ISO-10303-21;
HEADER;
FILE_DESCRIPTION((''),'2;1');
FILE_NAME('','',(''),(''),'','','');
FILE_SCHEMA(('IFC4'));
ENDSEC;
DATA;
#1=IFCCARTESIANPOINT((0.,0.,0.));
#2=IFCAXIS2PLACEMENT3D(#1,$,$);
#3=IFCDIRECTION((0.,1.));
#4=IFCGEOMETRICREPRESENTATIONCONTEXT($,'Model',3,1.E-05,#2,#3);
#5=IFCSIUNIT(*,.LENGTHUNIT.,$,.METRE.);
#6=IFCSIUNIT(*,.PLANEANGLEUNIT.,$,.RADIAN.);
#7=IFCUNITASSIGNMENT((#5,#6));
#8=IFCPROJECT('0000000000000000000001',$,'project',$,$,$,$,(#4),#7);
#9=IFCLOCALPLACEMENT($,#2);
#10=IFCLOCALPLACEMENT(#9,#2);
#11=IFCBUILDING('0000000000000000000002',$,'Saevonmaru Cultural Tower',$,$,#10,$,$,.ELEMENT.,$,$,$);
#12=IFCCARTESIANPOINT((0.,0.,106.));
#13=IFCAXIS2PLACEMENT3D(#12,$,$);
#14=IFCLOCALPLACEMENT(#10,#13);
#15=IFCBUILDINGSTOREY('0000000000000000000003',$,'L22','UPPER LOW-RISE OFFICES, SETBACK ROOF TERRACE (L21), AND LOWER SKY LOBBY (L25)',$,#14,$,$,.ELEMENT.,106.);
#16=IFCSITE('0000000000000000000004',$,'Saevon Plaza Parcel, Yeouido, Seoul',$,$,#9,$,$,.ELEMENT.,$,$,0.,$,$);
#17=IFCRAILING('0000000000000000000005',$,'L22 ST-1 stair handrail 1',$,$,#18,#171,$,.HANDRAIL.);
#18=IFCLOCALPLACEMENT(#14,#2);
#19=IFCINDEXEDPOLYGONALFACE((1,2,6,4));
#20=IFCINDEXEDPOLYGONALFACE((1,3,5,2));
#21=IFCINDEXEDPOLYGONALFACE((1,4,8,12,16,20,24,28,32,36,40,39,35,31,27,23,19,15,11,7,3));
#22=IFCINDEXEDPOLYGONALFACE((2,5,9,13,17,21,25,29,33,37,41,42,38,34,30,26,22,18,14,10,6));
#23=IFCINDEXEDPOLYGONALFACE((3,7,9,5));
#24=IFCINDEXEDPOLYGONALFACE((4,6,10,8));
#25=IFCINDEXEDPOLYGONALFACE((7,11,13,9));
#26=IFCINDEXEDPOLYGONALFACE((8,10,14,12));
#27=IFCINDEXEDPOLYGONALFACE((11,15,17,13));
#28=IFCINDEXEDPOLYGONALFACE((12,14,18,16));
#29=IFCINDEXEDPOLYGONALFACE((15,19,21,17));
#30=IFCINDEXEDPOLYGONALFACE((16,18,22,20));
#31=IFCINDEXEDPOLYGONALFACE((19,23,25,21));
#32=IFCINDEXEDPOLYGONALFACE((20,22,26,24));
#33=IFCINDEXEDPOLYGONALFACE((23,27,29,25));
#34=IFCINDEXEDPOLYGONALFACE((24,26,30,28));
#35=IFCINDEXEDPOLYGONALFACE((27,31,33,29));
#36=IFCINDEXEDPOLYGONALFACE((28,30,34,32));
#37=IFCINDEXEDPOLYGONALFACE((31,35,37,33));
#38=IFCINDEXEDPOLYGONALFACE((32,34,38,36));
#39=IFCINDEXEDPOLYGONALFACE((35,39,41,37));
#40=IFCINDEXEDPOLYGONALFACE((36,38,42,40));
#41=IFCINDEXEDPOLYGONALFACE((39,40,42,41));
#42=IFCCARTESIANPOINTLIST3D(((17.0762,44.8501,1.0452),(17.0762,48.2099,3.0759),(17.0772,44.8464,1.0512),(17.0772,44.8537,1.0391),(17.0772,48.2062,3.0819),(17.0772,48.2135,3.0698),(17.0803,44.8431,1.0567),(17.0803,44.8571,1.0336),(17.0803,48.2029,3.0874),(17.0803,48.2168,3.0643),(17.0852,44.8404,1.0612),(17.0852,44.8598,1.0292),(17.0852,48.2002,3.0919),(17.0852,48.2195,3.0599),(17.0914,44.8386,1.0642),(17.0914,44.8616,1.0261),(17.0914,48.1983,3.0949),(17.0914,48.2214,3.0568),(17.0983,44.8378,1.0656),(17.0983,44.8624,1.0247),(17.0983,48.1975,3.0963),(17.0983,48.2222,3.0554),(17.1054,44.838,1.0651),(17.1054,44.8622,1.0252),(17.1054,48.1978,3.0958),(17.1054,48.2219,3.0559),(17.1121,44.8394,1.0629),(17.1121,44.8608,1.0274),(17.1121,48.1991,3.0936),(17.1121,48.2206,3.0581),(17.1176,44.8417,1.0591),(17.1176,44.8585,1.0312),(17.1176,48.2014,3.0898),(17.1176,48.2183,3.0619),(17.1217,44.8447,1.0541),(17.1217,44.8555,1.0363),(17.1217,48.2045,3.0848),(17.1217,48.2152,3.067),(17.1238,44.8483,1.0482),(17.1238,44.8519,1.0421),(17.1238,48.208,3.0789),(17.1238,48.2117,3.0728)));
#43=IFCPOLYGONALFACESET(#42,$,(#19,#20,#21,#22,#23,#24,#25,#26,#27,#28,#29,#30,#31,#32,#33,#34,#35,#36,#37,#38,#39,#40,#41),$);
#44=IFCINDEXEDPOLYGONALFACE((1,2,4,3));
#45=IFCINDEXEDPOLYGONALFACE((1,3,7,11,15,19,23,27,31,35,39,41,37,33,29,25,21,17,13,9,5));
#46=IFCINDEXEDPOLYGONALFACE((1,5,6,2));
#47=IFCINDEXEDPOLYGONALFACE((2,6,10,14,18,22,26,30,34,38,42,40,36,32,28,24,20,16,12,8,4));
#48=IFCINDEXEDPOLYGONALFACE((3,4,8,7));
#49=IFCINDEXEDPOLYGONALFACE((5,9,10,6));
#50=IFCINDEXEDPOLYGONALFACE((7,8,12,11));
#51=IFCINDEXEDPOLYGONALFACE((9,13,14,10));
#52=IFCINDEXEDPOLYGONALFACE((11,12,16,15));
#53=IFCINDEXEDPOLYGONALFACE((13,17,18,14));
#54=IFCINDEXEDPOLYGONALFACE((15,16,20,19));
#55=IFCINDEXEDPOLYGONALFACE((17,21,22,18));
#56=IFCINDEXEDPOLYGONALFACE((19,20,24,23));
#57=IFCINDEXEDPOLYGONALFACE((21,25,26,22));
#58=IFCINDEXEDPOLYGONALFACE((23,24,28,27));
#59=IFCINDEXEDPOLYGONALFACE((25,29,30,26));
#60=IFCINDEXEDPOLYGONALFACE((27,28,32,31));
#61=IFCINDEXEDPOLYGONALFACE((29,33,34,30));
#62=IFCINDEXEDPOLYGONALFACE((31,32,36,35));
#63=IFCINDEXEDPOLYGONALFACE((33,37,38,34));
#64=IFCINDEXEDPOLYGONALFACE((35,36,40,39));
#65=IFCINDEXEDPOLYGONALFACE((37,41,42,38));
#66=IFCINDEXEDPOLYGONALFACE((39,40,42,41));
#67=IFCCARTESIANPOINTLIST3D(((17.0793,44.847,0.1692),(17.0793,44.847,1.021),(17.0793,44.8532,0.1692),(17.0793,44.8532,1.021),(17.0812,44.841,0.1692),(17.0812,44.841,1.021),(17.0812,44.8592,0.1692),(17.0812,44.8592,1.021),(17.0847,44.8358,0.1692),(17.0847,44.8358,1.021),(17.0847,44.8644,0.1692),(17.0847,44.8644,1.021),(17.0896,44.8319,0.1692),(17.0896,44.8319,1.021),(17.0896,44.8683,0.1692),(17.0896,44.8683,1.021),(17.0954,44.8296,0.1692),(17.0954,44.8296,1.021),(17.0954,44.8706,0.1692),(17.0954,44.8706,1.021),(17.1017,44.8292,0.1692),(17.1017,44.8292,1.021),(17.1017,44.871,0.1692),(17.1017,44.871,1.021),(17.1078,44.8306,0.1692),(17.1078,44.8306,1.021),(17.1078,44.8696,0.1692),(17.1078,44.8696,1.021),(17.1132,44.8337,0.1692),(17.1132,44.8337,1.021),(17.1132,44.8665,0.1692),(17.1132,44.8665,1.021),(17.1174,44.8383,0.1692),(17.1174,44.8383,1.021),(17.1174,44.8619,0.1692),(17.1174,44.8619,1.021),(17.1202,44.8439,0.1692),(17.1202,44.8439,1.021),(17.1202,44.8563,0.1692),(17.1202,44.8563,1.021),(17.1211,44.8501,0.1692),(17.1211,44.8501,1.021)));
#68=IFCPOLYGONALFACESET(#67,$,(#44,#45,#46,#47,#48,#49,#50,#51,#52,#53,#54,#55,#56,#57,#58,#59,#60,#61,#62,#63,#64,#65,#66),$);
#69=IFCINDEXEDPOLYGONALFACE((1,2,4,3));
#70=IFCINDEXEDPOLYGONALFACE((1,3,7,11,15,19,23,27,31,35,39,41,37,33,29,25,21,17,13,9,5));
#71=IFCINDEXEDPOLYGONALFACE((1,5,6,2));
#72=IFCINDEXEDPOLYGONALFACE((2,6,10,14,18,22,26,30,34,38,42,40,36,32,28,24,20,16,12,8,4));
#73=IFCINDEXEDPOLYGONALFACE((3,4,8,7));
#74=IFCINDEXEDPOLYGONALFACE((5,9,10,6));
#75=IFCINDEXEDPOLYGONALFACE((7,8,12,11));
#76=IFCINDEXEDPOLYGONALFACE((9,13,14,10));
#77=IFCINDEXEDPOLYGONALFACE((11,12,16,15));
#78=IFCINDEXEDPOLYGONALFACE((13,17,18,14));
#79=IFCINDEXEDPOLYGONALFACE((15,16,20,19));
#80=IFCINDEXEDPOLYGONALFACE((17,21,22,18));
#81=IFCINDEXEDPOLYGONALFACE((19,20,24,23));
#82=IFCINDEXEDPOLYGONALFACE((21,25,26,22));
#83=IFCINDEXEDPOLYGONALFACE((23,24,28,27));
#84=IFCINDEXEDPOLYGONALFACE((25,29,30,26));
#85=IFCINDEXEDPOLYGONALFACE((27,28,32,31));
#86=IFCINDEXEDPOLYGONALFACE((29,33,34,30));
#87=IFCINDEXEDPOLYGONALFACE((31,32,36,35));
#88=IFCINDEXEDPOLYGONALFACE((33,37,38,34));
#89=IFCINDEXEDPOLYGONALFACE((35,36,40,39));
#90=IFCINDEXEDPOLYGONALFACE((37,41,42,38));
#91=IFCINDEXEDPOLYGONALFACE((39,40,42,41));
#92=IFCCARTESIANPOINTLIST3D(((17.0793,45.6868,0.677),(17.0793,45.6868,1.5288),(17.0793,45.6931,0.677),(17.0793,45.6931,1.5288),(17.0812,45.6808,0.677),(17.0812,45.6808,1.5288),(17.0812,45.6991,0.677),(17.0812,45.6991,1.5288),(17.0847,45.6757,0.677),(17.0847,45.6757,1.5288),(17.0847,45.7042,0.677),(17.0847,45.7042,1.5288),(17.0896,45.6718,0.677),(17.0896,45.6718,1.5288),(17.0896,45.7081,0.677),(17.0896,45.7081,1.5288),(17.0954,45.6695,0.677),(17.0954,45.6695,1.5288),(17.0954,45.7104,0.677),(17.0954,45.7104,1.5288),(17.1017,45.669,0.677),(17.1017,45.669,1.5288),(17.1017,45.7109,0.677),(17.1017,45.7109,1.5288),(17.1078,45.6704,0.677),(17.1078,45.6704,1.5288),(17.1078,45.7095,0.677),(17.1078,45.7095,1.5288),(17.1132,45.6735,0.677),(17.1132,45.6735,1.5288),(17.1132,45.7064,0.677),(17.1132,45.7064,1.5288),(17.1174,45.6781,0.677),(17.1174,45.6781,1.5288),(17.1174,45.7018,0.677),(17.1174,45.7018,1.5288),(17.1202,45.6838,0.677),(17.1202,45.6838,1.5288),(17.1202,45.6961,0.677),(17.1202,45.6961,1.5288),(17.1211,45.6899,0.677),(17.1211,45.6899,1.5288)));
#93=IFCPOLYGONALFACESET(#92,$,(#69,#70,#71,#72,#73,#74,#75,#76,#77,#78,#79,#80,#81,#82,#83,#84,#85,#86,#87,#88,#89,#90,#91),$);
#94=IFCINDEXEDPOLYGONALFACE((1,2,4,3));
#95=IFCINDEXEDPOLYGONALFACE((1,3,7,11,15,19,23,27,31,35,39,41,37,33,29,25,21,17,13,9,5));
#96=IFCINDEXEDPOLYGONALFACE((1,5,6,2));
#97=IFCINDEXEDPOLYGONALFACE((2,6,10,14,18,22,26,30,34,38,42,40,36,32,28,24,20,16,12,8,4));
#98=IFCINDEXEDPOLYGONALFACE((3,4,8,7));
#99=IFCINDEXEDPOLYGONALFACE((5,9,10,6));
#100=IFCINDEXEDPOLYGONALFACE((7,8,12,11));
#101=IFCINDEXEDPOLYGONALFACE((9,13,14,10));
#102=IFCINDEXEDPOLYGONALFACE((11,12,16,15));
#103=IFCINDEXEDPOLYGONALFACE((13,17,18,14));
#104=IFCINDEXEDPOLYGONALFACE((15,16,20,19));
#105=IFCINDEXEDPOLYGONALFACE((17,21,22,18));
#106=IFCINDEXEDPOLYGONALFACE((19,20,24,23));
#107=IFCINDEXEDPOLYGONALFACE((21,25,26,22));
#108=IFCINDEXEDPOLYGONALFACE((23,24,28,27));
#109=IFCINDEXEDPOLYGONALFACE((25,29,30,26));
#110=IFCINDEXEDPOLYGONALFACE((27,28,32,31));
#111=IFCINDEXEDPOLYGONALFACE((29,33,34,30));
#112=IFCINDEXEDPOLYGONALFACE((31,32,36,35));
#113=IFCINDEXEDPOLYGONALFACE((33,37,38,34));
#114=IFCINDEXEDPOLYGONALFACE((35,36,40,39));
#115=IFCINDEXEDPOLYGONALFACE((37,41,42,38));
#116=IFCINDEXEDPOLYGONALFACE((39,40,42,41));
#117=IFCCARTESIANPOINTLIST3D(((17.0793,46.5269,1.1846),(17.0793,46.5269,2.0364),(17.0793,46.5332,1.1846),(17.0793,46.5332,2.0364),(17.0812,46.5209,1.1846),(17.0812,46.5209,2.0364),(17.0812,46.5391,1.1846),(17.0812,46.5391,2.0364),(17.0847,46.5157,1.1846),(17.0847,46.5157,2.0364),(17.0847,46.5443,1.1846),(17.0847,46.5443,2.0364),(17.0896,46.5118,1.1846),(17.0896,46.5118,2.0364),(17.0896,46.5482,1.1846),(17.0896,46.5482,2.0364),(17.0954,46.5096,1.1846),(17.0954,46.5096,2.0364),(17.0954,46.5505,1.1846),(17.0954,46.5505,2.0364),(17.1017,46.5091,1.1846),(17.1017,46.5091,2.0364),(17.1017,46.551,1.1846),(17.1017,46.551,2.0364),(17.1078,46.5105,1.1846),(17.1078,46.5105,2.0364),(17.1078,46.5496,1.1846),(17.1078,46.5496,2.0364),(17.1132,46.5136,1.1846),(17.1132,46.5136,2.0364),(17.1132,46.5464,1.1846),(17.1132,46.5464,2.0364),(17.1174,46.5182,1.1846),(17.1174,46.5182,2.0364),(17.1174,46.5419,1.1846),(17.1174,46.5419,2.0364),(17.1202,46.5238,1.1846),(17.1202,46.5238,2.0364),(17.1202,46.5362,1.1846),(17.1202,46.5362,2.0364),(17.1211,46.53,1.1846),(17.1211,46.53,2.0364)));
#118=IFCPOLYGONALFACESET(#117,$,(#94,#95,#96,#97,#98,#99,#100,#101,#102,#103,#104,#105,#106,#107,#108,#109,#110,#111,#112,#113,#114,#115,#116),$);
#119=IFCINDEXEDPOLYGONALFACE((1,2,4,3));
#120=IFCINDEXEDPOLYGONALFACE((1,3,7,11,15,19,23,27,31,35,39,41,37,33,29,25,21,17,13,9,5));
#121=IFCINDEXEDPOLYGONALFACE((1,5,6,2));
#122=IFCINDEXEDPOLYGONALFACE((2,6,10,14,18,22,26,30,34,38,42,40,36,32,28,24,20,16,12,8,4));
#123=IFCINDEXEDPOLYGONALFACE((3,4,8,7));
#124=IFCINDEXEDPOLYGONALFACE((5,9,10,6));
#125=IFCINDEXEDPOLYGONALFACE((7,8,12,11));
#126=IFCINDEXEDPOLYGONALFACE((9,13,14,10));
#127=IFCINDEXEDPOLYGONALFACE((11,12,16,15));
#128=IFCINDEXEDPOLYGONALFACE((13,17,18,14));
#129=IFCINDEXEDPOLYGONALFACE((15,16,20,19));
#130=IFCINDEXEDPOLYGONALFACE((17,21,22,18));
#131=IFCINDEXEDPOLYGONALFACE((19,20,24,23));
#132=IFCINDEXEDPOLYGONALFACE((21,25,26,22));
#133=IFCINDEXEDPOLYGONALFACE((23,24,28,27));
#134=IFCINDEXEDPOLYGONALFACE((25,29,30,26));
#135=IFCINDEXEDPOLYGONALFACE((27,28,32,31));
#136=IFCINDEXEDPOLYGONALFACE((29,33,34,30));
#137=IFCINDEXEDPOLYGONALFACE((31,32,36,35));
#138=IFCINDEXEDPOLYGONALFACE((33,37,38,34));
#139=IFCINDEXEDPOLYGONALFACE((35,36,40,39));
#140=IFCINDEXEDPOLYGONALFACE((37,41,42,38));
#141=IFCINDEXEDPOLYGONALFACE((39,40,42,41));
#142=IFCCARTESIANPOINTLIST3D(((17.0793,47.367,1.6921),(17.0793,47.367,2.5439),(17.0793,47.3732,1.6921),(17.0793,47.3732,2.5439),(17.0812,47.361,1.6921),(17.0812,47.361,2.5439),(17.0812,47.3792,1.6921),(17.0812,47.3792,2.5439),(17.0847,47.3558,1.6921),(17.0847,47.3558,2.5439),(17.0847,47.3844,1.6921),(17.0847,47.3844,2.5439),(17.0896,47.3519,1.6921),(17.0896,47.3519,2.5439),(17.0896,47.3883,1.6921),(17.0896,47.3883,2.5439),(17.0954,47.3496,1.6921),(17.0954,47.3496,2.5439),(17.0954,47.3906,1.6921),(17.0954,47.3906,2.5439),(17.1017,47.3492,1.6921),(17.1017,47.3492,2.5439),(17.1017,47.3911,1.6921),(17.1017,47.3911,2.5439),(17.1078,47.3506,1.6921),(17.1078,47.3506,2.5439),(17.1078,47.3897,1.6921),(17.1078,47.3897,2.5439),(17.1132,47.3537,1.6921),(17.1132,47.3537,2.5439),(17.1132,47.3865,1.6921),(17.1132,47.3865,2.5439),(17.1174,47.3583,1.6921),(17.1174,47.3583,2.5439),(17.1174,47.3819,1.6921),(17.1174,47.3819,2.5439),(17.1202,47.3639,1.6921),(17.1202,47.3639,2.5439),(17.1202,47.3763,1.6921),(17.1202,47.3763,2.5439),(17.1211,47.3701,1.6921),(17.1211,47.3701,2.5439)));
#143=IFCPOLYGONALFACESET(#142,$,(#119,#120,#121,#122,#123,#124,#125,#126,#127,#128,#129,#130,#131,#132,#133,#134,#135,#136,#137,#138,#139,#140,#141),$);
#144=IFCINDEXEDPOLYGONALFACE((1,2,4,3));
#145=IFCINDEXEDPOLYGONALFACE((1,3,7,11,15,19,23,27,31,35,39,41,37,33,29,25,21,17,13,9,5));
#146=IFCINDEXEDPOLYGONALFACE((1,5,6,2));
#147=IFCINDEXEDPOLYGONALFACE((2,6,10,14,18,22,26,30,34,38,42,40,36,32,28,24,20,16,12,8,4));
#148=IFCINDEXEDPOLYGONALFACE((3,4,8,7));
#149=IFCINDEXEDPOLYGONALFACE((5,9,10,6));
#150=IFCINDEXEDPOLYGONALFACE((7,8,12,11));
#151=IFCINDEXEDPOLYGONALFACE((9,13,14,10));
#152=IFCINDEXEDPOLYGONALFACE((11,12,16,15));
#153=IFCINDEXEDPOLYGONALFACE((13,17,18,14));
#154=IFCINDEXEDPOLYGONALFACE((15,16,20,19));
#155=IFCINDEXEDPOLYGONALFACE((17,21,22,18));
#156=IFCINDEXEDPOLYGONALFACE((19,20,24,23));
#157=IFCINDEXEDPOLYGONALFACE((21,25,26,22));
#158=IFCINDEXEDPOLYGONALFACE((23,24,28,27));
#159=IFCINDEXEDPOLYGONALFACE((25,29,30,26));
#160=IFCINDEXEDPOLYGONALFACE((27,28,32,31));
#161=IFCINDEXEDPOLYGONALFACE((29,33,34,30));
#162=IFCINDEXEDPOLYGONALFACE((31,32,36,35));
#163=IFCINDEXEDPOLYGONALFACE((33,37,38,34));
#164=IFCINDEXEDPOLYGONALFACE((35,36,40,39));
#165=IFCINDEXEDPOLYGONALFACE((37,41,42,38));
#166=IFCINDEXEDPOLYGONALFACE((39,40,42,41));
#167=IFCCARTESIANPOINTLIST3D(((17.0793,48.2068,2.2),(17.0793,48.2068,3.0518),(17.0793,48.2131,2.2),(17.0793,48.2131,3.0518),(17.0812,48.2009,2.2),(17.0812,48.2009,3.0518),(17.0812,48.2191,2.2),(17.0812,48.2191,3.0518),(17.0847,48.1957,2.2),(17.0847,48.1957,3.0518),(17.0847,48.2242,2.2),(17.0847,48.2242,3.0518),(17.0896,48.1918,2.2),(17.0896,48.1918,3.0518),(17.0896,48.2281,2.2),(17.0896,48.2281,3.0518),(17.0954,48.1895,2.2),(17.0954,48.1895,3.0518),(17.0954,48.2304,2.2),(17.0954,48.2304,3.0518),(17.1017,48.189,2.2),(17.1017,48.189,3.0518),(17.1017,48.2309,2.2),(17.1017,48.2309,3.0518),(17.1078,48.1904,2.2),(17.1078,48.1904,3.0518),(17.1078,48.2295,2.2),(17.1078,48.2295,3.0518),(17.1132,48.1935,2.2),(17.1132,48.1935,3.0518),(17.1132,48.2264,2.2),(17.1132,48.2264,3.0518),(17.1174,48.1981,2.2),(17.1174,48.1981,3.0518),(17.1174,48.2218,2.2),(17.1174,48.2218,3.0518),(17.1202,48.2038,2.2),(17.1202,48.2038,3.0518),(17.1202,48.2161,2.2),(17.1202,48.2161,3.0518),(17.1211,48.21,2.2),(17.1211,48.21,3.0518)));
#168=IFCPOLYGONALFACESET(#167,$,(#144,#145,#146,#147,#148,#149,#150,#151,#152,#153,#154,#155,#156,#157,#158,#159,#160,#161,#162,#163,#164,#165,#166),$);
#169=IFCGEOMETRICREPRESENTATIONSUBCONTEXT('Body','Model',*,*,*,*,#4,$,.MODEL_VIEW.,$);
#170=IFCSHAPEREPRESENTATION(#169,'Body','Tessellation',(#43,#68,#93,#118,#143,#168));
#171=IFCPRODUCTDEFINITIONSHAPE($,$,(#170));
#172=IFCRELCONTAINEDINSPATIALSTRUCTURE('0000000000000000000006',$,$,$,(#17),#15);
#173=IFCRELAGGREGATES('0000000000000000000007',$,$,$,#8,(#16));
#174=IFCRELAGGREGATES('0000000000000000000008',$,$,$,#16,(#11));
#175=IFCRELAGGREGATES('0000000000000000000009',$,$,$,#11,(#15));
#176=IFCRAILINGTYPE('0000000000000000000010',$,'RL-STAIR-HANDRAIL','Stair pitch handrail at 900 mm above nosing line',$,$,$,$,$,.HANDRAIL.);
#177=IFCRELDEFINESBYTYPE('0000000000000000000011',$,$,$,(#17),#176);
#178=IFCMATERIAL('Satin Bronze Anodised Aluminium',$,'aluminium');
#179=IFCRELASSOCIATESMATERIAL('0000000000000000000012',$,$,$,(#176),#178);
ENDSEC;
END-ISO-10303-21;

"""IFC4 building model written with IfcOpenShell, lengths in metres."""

from ifc_helpers import new_model, si_unit, direction, frame, origin, origin_2d, place, context, subcontext, project, spatial, circle, extrude, material, type_object, element, save


model = new_model("IFC4")

# Units and contexts
model_context = context("Model", 3, precision=1e-05, world=origin(), true_north=direction((0.0, 1.0)))
body_context = subcontext(model_context, "Body", "Model", "MODEL_VIEW")
ifc_project = project(units=[si_unit("LENGTHUNIT", "METRE"), si_unit("PLANEANGLEUNIT", "RADIAN")], contexts=[model_context])

# Site, building, storey
site_placement = place(None, origin())
site = spatial("IfcSite", under=ifc_project, at=site_placement, Name="Saevon Plaza Parcel, Yeouido, Seoul", CompositionType="ELEMENT", RefElevation=0.0)
building_placement = place(site_placement, origin())
building = spatial("IfcBuilding", under=site, at=building_placement, Name="Saevonmaru Cultural Tower", CompositionType="ELEMENT")
storey_placement = place(building_placement, frame((0.0, 0.0, 106.0)))
storey = spatial("IfcBuildingStorey", under=building, at=storey_placement, Name="L22", Description="UPPER LOW-RISE OFFICES, SETBACK ROOF TERRACE (L21), AND LOWER SKY LOBBY (L25)", CompositionType="ELEMENT", Elevation=106.0)

# Shared definitions
ifc_material_1 = material(Name="Satin Bronze Anodised Aluminium", Category="aluminium")

# Railing
railing_type_1 = type_object("IfcRailingType", Name="RL-STAIR-HANDRAIL", Description="Stair pitch handrail at 900 mm above nosing line", PredefinedType="HANDRAIL", material=ifc_material_1)
railing_1_placement = place(storey_placement, frame((17.1001, 44.8501, 0.1692)))
element("IfcRailing", 1, at=railing_1_placement, inside=storey, type_object=railing_type_1, Name="L22 ST-1 stair handrail 1", PredefinedType="HANDRAIL", context=body_context, shape_type="SweptSolid", body=[
    extrude(circle(Radius=0.0239, at=origin_2d()), frame((0.0, 0.0, 0.876), z_axis=(0.0, 0.85582, 0.517273), x_axis=(-1.0, 0.0, 0.0)), (0.0, 0.0, 1.0), 3.9258),
    extrude(circle(Radius=0.021, at=origin_2d()), origin(), (0.0, 0.0, 1.0), 0.8518),
    extrude(circle(Radius=0.021, at=origin_2d()), frame((0.0, 0.8398, 0.5078)), (0.0, 0.0, 1.0), 0.8518),
    extrude(circle(Radius=0.021, at=origin_2d()), frame((0.0, 1.6799, 1.0154)), (0.0, 0.0, 1.0), 0.8518),
    extrude(circle(Radius=0.021, at=origin_2d()), frame((0.0, 2.52, 1.5229)), (0.0, 0.0, 1.0), 0.8518),
    extrude(circle(Radius=0.021, at=origin_2d()), frame((0.0, 3.3599, 2.0308)), (0.0, 0.0, 1.0), 0.8518),
])

save(model, "model.ifc")
